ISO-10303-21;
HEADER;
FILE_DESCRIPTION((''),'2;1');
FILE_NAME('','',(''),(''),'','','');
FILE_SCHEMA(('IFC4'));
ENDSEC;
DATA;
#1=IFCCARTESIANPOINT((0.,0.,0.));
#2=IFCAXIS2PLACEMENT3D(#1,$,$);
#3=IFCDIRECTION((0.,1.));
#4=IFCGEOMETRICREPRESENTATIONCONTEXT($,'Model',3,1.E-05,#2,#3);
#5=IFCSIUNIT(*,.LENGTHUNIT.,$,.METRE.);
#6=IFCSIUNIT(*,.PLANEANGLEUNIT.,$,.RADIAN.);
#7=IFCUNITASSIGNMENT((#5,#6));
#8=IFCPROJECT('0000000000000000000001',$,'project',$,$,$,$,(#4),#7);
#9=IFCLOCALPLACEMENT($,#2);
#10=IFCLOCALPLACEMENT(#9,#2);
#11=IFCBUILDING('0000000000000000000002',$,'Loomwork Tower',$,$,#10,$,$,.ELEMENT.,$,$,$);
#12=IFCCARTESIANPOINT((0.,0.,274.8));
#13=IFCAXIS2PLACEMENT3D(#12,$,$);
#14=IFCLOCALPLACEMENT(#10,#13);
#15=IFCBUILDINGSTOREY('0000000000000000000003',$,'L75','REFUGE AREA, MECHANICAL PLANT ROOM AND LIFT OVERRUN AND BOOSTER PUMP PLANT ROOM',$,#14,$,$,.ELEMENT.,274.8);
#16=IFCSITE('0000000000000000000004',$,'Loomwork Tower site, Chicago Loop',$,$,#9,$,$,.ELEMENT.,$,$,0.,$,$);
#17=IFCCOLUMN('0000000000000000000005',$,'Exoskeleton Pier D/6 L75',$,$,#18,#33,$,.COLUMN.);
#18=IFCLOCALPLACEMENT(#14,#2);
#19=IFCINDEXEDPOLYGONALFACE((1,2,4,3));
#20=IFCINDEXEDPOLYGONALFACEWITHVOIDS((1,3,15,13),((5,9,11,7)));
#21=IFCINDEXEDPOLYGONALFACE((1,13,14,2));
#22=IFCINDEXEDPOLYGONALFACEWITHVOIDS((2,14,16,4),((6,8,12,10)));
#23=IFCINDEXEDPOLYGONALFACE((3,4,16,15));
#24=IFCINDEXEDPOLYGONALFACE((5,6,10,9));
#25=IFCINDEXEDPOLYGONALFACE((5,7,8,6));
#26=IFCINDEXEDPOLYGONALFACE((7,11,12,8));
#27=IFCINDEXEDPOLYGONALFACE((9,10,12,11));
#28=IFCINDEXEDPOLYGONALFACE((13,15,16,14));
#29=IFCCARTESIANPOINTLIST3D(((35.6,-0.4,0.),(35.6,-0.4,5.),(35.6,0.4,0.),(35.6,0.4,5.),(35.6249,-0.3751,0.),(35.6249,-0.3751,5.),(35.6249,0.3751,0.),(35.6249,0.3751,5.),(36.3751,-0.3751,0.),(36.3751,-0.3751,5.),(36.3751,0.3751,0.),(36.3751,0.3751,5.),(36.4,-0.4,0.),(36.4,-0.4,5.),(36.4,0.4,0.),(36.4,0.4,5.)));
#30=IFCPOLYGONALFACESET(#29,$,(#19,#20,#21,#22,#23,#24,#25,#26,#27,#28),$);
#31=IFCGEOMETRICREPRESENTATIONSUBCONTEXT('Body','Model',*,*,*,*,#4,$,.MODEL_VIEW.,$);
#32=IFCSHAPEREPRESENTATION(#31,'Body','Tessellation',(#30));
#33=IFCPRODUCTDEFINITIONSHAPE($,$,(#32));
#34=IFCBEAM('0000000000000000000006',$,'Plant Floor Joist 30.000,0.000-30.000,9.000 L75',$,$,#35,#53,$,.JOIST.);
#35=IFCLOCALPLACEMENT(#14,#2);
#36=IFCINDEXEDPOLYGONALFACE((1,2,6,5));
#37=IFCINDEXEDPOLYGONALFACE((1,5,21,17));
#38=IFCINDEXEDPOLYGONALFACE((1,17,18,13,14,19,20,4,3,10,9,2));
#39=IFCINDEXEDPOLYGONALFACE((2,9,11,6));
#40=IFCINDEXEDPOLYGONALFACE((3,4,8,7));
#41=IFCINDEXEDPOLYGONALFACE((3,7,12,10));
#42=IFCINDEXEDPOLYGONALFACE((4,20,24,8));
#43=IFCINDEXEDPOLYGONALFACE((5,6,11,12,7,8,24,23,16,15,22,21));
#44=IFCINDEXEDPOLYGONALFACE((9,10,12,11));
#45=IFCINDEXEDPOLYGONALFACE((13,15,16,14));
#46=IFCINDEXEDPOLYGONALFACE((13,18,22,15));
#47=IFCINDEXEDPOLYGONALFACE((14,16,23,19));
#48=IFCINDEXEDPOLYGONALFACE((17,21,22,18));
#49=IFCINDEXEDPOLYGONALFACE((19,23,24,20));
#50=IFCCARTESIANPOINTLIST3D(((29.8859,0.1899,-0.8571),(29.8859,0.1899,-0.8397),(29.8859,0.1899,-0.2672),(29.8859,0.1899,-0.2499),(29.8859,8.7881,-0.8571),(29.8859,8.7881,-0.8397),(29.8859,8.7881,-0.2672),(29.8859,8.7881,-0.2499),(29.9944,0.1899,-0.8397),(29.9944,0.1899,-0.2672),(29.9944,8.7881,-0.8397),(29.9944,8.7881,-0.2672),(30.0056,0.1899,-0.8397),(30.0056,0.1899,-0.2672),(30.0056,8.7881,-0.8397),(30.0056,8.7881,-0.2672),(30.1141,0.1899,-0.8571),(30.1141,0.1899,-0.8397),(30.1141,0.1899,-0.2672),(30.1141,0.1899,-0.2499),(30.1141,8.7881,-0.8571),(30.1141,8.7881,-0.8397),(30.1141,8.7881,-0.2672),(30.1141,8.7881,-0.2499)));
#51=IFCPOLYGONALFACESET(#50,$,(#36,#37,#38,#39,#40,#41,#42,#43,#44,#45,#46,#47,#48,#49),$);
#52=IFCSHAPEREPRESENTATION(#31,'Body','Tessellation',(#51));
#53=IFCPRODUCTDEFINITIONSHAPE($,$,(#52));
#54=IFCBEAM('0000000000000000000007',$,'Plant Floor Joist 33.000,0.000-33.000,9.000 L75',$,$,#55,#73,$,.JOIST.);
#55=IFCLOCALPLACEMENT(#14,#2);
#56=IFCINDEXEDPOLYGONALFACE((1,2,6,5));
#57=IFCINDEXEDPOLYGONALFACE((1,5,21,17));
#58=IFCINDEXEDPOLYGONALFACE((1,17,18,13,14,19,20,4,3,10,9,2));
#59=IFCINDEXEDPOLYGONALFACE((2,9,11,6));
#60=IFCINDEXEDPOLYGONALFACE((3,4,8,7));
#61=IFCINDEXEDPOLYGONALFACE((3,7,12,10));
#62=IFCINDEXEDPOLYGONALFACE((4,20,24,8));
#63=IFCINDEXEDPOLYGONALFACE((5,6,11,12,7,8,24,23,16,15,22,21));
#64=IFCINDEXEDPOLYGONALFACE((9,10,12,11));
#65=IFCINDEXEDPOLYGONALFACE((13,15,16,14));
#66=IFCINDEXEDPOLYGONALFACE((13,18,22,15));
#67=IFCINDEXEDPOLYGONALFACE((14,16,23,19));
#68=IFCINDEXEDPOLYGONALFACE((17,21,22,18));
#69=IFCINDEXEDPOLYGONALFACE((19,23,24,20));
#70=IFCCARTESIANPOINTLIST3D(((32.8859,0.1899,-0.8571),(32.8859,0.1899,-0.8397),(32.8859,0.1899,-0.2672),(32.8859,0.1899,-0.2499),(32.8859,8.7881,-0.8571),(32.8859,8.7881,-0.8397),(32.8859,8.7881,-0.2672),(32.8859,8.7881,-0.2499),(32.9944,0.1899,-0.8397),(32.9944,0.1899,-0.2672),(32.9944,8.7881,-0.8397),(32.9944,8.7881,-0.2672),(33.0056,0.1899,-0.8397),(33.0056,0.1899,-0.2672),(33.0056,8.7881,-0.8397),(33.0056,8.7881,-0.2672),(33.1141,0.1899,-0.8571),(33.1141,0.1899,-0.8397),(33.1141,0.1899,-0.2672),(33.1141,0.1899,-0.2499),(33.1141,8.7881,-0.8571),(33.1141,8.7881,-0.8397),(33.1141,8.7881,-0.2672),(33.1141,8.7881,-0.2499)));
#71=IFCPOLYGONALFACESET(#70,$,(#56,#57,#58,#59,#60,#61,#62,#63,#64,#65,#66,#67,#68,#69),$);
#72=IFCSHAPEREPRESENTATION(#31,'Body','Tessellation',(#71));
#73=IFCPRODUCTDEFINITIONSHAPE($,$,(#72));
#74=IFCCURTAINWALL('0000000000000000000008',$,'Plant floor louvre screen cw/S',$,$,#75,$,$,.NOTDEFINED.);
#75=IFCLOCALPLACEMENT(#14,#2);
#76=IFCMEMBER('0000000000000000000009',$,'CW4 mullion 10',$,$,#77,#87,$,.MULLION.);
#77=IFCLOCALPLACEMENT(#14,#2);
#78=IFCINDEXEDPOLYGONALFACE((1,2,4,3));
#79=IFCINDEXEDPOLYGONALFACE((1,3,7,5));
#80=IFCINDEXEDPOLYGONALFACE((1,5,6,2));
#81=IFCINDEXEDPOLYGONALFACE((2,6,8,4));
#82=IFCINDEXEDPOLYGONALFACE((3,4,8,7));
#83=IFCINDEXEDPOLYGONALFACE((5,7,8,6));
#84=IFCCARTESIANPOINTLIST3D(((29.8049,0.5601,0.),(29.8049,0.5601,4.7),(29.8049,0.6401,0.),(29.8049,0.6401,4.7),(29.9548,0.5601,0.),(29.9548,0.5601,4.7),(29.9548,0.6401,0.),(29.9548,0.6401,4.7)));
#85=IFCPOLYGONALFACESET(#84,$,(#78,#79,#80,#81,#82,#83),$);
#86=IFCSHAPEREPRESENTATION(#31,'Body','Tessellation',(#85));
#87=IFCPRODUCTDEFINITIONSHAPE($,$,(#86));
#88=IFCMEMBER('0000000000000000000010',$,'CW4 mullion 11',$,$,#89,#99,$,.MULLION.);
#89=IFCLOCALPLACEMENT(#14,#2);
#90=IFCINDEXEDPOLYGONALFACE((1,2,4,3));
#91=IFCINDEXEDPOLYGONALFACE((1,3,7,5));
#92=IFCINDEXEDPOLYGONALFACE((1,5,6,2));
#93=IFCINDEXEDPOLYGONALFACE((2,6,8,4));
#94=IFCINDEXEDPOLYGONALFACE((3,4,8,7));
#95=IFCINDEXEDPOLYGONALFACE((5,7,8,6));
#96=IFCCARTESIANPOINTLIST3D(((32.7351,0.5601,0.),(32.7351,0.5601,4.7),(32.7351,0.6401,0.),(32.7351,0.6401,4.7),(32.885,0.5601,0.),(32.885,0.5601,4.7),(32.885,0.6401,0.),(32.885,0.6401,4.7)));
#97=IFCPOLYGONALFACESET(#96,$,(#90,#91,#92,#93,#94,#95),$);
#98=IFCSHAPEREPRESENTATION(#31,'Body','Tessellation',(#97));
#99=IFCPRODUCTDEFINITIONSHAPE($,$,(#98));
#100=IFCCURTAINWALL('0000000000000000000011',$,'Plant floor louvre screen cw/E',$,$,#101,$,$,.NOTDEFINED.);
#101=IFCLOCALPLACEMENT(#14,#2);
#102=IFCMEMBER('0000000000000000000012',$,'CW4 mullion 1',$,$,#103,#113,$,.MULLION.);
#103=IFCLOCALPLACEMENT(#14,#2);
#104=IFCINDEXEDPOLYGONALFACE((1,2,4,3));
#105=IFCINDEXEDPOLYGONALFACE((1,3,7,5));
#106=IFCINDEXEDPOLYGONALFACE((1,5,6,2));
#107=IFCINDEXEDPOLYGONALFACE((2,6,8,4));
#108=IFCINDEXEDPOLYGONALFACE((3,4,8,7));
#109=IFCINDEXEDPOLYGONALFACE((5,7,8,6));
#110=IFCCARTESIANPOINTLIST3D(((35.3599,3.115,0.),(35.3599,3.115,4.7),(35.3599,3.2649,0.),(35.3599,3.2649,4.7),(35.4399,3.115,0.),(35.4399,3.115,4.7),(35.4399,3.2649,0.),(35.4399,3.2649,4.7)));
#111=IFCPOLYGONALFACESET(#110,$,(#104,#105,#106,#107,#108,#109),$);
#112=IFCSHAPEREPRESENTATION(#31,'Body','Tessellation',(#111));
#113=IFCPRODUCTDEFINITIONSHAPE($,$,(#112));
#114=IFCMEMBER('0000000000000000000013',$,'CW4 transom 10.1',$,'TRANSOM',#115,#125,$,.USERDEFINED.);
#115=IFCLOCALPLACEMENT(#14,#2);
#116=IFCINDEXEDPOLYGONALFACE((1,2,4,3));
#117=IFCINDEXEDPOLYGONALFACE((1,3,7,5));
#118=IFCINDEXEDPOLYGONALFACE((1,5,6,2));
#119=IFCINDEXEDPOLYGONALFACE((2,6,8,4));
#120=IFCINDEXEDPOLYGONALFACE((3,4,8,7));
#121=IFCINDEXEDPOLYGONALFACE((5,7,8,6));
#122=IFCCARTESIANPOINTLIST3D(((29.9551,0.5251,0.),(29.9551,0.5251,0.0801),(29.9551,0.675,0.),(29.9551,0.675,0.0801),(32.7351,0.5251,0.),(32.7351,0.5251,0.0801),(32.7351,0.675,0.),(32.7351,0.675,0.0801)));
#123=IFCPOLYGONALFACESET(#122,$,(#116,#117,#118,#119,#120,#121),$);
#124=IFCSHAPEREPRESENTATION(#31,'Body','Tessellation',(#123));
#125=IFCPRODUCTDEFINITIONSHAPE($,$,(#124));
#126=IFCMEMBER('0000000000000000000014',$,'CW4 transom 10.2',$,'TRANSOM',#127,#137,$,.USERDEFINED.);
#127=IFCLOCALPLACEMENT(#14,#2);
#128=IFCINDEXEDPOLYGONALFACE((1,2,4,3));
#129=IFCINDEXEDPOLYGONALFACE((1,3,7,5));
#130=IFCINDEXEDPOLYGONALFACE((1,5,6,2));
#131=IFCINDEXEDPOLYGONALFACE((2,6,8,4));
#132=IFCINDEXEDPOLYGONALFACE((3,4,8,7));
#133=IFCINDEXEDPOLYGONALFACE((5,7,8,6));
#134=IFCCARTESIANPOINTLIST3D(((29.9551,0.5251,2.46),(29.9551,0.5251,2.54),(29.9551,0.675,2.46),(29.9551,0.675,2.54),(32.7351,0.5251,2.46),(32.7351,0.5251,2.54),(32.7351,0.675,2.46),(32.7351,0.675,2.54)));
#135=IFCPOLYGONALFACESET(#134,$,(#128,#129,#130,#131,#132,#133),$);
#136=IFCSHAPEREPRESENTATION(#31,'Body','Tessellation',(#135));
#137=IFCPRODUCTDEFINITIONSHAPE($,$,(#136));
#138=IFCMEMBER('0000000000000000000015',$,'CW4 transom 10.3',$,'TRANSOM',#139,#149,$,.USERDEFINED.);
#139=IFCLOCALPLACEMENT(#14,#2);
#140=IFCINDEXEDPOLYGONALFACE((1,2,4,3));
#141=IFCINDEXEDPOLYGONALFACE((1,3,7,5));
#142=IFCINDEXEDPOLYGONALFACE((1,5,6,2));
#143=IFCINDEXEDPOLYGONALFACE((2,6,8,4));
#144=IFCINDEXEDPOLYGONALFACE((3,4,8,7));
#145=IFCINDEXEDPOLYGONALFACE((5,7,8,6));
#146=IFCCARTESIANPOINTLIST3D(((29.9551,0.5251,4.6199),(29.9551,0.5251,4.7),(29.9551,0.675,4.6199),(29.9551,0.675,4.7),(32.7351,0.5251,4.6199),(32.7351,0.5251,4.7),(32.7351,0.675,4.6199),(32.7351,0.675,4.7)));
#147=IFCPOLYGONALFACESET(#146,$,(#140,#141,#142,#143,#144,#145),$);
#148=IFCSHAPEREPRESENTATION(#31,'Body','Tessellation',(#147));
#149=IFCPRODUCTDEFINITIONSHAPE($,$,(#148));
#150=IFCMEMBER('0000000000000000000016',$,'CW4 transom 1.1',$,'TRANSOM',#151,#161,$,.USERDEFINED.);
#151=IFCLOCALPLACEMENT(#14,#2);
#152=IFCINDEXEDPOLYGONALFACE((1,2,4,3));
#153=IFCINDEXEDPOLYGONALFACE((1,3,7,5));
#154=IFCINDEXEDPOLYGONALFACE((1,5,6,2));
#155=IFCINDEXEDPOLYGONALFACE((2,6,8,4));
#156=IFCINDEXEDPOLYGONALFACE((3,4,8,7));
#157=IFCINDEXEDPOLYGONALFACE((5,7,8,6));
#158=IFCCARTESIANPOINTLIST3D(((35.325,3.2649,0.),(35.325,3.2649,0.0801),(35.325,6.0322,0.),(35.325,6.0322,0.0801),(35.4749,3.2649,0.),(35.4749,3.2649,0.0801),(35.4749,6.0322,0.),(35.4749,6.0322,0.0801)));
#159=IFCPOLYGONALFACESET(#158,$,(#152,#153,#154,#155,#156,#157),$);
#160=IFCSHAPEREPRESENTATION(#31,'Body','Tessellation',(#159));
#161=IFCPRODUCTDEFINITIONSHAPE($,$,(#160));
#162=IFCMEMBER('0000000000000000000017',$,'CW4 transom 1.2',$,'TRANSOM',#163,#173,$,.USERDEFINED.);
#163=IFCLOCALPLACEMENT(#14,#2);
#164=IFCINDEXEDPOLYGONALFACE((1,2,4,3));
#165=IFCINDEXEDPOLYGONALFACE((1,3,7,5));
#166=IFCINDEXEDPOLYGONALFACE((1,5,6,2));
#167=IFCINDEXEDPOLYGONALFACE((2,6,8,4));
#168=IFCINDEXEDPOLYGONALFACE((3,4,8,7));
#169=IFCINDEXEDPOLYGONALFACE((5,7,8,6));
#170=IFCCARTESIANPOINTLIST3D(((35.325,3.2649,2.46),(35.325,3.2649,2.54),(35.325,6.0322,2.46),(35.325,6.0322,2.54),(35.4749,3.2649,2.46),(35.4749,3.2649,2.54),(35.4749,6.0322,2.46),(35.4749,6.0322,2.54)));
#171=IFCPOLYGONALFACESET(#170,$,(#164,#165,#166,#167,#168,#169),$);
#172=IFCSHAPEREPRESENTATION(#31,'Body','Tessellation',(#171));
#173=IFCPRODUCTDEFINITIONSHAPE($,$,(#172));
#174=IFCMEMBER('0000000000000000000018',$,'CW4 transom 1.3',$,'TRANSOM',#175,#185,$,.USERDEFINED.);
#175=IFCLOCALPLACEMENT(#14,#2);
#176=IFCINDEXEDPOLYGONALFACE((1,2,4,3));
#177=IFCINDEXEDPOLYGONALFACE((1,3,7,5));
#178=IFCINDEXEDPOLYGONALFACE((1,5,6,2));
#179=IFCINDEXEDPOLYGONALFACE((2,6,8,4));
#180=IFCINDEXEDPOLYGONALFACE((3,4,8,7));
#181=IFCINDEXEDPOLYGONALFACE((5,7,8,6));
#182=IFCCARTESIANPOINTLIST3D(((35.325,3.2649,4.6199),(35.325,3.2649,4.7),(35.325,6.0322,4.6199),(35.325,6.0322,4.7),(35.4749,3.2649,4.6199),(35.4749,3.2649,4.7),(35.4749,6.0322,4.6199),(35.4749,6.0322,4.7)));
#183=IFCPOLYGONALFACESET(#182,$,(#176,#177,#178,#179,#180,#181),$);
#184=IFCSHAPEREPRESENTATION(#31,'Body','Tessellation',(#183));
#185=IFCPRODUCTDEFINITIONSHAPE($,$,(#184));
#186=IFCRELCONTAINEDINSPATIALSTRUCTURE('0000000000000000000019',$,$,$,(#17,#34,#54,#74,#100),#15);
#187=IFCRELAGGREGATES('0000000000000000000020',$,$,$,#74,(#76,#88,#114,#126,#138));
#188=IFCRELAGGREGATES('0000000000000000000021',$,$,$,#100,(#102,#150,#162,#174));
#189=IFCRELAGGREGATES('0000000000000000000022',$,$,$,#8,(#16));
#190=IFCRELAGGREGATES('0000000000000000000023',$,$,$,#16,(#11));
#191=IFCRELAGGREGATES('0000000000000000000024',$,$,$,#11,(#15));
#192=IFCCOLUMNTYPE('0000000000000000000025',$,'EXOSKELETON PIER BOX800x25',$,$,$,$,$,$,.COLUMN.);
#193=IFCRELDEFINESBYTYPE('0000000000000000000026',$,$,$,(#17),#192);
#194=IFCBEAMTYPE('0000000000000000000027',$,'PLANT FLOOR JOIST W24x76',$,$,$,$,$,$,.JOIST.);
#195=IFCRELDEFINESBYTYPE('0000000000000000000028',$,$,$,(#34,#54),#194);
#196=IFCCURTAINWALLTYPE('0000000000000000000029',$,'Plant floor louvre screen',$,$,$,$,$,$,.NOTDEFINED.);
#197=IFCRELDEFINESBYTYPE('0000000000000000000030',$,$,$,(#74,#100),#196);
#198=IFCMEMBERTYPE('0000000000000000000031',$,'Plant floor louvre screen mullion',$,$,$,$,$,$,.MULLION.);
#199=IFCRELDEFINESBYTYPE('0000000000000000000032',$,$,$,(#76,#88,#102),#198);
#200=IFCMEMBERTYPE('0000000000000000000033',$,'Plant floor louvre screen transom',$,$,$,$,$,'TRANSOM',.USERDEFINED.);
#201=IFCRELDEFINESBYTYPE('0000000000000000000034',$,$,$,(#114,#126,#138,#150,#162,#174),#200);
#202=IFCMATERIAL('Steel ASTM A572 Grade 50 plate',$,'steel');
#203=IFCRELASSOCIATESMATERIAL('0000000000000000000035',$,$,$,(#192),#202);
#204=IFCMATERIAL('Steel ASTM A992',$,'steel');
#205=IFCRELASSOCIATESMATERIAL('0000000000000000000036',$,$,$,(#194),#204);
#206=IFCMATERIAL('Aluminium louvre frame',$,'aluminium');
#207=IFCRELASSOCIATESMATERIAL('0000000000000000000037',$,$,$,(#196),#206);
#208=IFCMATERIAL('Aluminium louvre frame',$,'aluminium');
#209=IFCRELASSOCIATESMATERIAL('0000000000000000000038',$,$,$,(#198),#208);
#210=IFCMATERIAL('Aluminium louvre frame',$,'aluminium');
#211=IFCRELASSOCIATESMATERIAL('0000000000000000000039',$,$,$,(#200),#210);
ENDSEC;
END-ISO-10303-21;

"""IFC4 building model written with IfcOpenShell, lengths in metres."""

from ifc_helpers import new_model, si_unit, direction, frame, origin, origin_2d, place, context, subcontext, project, spatial, rectangle, hollow_rectangle, i_section, extrude, material, material_profile, profile_set, type_object, element, aggregate, save


model = new_model("IFC4")

# Units and contexts
model_context = context("Model", 3, precision=1e-05, world=origin(), true_north=direction((0.0, 1.0)))
body_context = subcontext(model_context, "Body", "Model", "MODEL_VIEW")
ifc_project = project(units=[si_unit("LENGTHUNIT", "METRE"), si_unit("PLANEANGLEUNIT", "RADIAN")], contexts=[model_context])

# Site, building, storey
site_placement = place(None, origin())
site = spatial("IfcSite", under=ifc_project, at=site_placement, Name="Loomwork Tower site, Chicago Loop", CompositionType="ELEMENT", RefElevation=0.0)
building_placement = place(site_placement, origin())
building = spatial("IfcBuilding", under=site, at=building_placement, Name="Loomwork Tower", CompositionType="ELEMENT")
storey_placement = place(building_placement, frame((0.0, 0.0, 274.8)))
storey = spatial("IfcBuildingStorey", under=building, at=storey_placement, Name="L75", Description="REFUGE AREA, MECHANICAL PLANT ROOM AND LIFT OVERRUN AND BOOSTER PUMP PLANT ROOM", CompositionType="ELEMENT", Elevation=274.8)

# Column
ifc_material_1 = material(Name="Steel ASTM A572 Grade 50 plate", Category="steel")
ifc_material_profile_1 = material_profile(ifc_material_1, hollow_rectangle(XDim=0.8, YDim=0.8, WallThickness=0.0249, at=origin_2d()), Name="BOX800x25")
ifc_profile_set_1 = profile_set([ifc_material_profile_1], Name="Steel ASTM A572 Grade 50 plate")
column_type = type_object("IfcColumnType", Name="EXOSKELETON PIER BOX800x25", PredefinedType="COLUMN", material=ifc_profile_set_1)
column_placement = place(storey_placement, frame((36.0, 0.0, 0.0), z_axis=(0.0, 0.0, 1.0), x_axis=(1.0, 0.0, 0.0)))
element("IfcColumn", 1, at=column_placement, inside=storey, type_object=column_type, Name="Exoskeleton Pier D/6 L75", PredefinedType="COLUMN", context=body_context, shape_type="SweptSolid", body=[
    extrude(hollow_rectangle(XDim=0.8, YDim=0.8, WallThickness=0.0249, at=origin_2d()), origin(), (0.0, 0.0, 1.0), 5.0),
])

# Beams
ifc_material_2 = material(Name="Steel ASTM A992", Category="steel")
ifc_material_profile_2 = material_profile(ifc_material_2, i_section(OverallWidth=0.2283, OverallDepth=0.6072, WebThickness=0.0112, FlangeThickness=0.0173, at=origin_2d()), Name="W24x76")
ifc_profile_set_2 = profile_set([ifc_material_profile_2], Name="Steel ASTM A992")
beam_type_1 = type_object("IfcBeamType", Name="PLANT FLOOR JOIST W24x76", PredefinedType="JOIST", material=ifc_profile_set_2)
for number, where, z_axis, x_axis, name in (
    (2, (30.0, 0.1899, -0.5535), (0.0, 1.0, 0.0), (-1.0, 0.0, 0.0), "Plant Floor Joist 30.000,0.000-30.000,9.000 L75"),
    (3, (33.0, 0.1899, -0.5535), (0.0, 1.0, 0.0), (-1.0, 0.0, 0.0), "Plant Floor Joist 33.000,0.000-33.000,9.000 L75"),
):
    element("IfcBeam", number, at=place(storey_placement, frame(where, z_axis=z_axis, x_axis=x_axis)), inside=storey, type_object=beam_type_1, Name=name, PredefinedType="JOIST", context=body_context, shape_type="SweptSolid", body=[
        extrude(i_section(OverallWidth=0.2283, OverallDepth=0.6072, WebThickness=0.0112, FlangeThickness=0.0173, at=origin_2d()), origin(), (0.0, 0.0, 1.0), 8.5981),
    ])

# Curtain wall, members
ifc_material_3 = material(Name="Aluminium louvre frame", Category="aluminium")
curtain_wall_type = type_object("IfcCurtainWallType", Name="Plant floor louvre screen", PredefinedType="NOTDEFINED", material=ifc_material_3)
curtain_wall_1_placement = place(storey_placement, origin())
curtain_wall_1 = element("IfcCurtainWall", 4, at=curtain_wall_1_placement, inside=storey, type_object=curtain_wall_type, Name="Plant floor louvre screen cw/S", PredefinedType="NOTDEFINED")
ifc_material_4 = material(Name="Aluminium louvre frame", Category="aluminium")
ifc_material_profile_3 = material_profile(ifc_material_4, rectangle(XDim=0.0801, YDim=0.1499, at=origin_2d()), Name="AL 80x150")
ifc_profile_set_3 = profile_set([ifc_material_profile_3], Name="Aluminium louvre frame")
member_type_1 = type_object("IfcMemberType", Name="Plant floor louvre screen mullion", PredefinedType="MULLION", material=ifc_profile_set_3)
member_1_placement = place(storey_placement, frame((29.8799, 0.6001, 0.0), z_axis=(0.0, 0.0, 1.0), x_axis=(0.0, 1.0, 0.0)))
member_1 = element("IfcMember", 5, at=member_1_placement, type_object=member_type_1, Name="CW4 mullion 10", PredefinedType="MULLION", context=body_context, shape_type="SweptSolid", body=[
    extrude(rectangle(XDim=0.0801, YDim=0.1499, at=origin_2d()), origin(), (0.0, 0.0, 1.0), 4.7),
])
member_2_placement = place(storey_placement, frame((32.8101, 0.6001, 0.0), z_axis=(0.0, 0.0, 1.0), x_axis=(0.0, 1.0, 0.0)))
member_2 = element("IfcMember", 6, at=member_2_placement, type_object=member_type_1, Name="CW4 mullion 11", PredefinedType="MULLION", context=body_context, shape_type="SweptSolid", body=[
    extrude(rectangle(XDim=0.0801, YDim=0.1499, at=origin_2d()), origin(), (0.0, 0.0, 1.0), 4.7),
])

# Curtain wall, member
curtain_wall_2_placement = place(storey_placement, origin())
curtain_wall_2 = element("IfcCurtainWall", 7, at=curtain_wall_2_placement, inside=storey, type_object=curtain_wall_type, Name="Plant floor louvre screen cw/E", PredefinedType="NOTDEFINED")
member_3_placement = place(storey_placement, frame((35.3999, 3.1899, 0.0), z_axis=(0.0, 0.0, 1.0), x_axis=(-1.0, 0.0, 0.0)))
member_3 = element("IfcMember", 8, at=member_3_placement, type_object=member_type_1, Name="CW4 mullion 1", PredefinedType="MULLION", context=body_context, shape_type="SweptSolid", body=[
    extrude(rectangle(XDim=0.0801, YDim=0.1499, at=origin_2d()), origin(), (0.0, 0.0, 1.0), 4.7),
])

# Members
ifc_material_5 = material(Name="Aluminium louvre frame", Category="aluminium")
ifc_material_profile_4 = material_profile(ifc_material_5, rectangle(XDim=0.1499, YDim=0.0801, at=origin_2d()), Name="AL 80x150")
ifc_profile_set_4 = profile_set([ifc_material_profile_4], Name="Aluminium louvre frame")
member_type_2 = type_object("IfcMemberType", Name="Plant floor louvre screen transom", ElementType="TRANSOM", PredefinedType="USERDEFINED", material=ifc_profile_set_4)
member_4_placement = place(storey_placement, frame((29.9551, 0.6001, 0.04), z_axis=(1.0, 0.0, 0.0), x_axis=(0.0, 1.0, 0.0)))
member_4 = element("IfcMember", 9, at=member_4_placement, type_object=member_type_2, Name="CW4 transom 10.1", ObjectType="TRANSOM", PredefinedType="USERDEFINED", context=body_context, shape_type="SweptSolid", body=[
    extrude(rectangle(XDim=0.1499, YDim=0.0801, at=origin_2d()), origin(), (0.0, 0.0, 1.0), 2.78),
])
member_5_placement = place(storey_placement, frame((29.9551, 0.6001, 2.5), z_axis=(1.0, 0.0, 0.0), x_axis=(0.0, 1.0, 0.0)))
member_5 = element("IfcMember", 10, at=member_5_placement, type_object=member_type_2, Name="CW4 transom 10.2", ObjectType="TRANSOM", PredefinedType="USERDEFINED", context=body_context, shape_type="SweptSolid", body=[
    extrude(rectangle(XDim=0.1499, YDim=0.0801, at=origin_2d()), origin(), (0.0, 0.0, 1.0), 2.78),
])
member_6_placement = place(storey_placement, frame((29.9551, 0.6001, 4.6599), z_axis=(1.0, 0.0, 0.0), x_axis=(0.0, 1.0, 0.0)))
member_6 = element("IfcMember", 11, at=member_6_placement, type_object=member_type_2, Name="CW4 transom 10.3", ObjectType="TRANSOM", PredefinedType="USERDEFINED", context=body_context, shape_type="SweptSolid", body=[
    extrude(rectangle(XDim=0.1499, YDim=0.0801, at=origin_2d()), origin(), (0.0, 0.0, 1.0), 2.78),
])
member_7_placement = place(storey_placement, frame((35.3999, 3.2649, 0.04), z_axis=(0.0, 1.0, 0.0), x_axis=(-1.0, 0.0, 0.0)))
member_7 = element("IfcMember", 12, at=member_7_placement, type_object=member_type_2, Name="CW4 transom 1.1", ObjectType="TRANSOM", PredefinedType="USERDEFINED", context=body_context, shape_type="SweptSolid", body=[
    extrude(rectangle(XDim=0.1499, YDim=0.0801, at=origin_2d()), origin(), (0.0, 0.0, 1.0), 2.7673),
])
member_8_placement = place(storey_placement, frame((35.3999, 3.2649, 2.5), z_axis=(0.0, 1.0, 0.0), x_axis=(-1.0, 0.0, 0.0)))
member_8 = element("IfcMember", 13, at=member_8_placement, type_object=member_type_2, Name="CW4 transom 1.2", ObjectType="TRANSOM", PredefinedType="USERDEFINED", context=body_context, shape_type="SweptSolid", body=[
    extrude(rectangle(XDim=0.1499, YDim=0.0801, at=origin_2d()), origin(), (0.0, 0.0, 1.0), 2.7673),
])
member_9_placement = place(storey_placement, frame((35.3999, 3.2649, 4.6599), z_axis=(0.0, 1.0, 0.0), x_axis=(-1.0, 0.0, 0.0)))
member_9 = element("IfcMember", 14, at=member_9_placement, type_object=member_type_2, Name="CW4 transom 1.3", ObjectType="TRANSOM", PredefinedType="USERDEFINED", context=body_context, shape_type="SweptSolid", body=[
    extrude(rectangle(XDim=0.1499, YDim=0.0801, at=origin_2d()), origin(), (0.0, 0.0, 1.0), 2.7673),
])

aggregate(curtain_wall_1, [member_1, member_2, member_4, member_5, member_6])
aggregate(curtain_wall_2, [member_3, member_7, member_8, member_9])

save(model, "model.ifc")
